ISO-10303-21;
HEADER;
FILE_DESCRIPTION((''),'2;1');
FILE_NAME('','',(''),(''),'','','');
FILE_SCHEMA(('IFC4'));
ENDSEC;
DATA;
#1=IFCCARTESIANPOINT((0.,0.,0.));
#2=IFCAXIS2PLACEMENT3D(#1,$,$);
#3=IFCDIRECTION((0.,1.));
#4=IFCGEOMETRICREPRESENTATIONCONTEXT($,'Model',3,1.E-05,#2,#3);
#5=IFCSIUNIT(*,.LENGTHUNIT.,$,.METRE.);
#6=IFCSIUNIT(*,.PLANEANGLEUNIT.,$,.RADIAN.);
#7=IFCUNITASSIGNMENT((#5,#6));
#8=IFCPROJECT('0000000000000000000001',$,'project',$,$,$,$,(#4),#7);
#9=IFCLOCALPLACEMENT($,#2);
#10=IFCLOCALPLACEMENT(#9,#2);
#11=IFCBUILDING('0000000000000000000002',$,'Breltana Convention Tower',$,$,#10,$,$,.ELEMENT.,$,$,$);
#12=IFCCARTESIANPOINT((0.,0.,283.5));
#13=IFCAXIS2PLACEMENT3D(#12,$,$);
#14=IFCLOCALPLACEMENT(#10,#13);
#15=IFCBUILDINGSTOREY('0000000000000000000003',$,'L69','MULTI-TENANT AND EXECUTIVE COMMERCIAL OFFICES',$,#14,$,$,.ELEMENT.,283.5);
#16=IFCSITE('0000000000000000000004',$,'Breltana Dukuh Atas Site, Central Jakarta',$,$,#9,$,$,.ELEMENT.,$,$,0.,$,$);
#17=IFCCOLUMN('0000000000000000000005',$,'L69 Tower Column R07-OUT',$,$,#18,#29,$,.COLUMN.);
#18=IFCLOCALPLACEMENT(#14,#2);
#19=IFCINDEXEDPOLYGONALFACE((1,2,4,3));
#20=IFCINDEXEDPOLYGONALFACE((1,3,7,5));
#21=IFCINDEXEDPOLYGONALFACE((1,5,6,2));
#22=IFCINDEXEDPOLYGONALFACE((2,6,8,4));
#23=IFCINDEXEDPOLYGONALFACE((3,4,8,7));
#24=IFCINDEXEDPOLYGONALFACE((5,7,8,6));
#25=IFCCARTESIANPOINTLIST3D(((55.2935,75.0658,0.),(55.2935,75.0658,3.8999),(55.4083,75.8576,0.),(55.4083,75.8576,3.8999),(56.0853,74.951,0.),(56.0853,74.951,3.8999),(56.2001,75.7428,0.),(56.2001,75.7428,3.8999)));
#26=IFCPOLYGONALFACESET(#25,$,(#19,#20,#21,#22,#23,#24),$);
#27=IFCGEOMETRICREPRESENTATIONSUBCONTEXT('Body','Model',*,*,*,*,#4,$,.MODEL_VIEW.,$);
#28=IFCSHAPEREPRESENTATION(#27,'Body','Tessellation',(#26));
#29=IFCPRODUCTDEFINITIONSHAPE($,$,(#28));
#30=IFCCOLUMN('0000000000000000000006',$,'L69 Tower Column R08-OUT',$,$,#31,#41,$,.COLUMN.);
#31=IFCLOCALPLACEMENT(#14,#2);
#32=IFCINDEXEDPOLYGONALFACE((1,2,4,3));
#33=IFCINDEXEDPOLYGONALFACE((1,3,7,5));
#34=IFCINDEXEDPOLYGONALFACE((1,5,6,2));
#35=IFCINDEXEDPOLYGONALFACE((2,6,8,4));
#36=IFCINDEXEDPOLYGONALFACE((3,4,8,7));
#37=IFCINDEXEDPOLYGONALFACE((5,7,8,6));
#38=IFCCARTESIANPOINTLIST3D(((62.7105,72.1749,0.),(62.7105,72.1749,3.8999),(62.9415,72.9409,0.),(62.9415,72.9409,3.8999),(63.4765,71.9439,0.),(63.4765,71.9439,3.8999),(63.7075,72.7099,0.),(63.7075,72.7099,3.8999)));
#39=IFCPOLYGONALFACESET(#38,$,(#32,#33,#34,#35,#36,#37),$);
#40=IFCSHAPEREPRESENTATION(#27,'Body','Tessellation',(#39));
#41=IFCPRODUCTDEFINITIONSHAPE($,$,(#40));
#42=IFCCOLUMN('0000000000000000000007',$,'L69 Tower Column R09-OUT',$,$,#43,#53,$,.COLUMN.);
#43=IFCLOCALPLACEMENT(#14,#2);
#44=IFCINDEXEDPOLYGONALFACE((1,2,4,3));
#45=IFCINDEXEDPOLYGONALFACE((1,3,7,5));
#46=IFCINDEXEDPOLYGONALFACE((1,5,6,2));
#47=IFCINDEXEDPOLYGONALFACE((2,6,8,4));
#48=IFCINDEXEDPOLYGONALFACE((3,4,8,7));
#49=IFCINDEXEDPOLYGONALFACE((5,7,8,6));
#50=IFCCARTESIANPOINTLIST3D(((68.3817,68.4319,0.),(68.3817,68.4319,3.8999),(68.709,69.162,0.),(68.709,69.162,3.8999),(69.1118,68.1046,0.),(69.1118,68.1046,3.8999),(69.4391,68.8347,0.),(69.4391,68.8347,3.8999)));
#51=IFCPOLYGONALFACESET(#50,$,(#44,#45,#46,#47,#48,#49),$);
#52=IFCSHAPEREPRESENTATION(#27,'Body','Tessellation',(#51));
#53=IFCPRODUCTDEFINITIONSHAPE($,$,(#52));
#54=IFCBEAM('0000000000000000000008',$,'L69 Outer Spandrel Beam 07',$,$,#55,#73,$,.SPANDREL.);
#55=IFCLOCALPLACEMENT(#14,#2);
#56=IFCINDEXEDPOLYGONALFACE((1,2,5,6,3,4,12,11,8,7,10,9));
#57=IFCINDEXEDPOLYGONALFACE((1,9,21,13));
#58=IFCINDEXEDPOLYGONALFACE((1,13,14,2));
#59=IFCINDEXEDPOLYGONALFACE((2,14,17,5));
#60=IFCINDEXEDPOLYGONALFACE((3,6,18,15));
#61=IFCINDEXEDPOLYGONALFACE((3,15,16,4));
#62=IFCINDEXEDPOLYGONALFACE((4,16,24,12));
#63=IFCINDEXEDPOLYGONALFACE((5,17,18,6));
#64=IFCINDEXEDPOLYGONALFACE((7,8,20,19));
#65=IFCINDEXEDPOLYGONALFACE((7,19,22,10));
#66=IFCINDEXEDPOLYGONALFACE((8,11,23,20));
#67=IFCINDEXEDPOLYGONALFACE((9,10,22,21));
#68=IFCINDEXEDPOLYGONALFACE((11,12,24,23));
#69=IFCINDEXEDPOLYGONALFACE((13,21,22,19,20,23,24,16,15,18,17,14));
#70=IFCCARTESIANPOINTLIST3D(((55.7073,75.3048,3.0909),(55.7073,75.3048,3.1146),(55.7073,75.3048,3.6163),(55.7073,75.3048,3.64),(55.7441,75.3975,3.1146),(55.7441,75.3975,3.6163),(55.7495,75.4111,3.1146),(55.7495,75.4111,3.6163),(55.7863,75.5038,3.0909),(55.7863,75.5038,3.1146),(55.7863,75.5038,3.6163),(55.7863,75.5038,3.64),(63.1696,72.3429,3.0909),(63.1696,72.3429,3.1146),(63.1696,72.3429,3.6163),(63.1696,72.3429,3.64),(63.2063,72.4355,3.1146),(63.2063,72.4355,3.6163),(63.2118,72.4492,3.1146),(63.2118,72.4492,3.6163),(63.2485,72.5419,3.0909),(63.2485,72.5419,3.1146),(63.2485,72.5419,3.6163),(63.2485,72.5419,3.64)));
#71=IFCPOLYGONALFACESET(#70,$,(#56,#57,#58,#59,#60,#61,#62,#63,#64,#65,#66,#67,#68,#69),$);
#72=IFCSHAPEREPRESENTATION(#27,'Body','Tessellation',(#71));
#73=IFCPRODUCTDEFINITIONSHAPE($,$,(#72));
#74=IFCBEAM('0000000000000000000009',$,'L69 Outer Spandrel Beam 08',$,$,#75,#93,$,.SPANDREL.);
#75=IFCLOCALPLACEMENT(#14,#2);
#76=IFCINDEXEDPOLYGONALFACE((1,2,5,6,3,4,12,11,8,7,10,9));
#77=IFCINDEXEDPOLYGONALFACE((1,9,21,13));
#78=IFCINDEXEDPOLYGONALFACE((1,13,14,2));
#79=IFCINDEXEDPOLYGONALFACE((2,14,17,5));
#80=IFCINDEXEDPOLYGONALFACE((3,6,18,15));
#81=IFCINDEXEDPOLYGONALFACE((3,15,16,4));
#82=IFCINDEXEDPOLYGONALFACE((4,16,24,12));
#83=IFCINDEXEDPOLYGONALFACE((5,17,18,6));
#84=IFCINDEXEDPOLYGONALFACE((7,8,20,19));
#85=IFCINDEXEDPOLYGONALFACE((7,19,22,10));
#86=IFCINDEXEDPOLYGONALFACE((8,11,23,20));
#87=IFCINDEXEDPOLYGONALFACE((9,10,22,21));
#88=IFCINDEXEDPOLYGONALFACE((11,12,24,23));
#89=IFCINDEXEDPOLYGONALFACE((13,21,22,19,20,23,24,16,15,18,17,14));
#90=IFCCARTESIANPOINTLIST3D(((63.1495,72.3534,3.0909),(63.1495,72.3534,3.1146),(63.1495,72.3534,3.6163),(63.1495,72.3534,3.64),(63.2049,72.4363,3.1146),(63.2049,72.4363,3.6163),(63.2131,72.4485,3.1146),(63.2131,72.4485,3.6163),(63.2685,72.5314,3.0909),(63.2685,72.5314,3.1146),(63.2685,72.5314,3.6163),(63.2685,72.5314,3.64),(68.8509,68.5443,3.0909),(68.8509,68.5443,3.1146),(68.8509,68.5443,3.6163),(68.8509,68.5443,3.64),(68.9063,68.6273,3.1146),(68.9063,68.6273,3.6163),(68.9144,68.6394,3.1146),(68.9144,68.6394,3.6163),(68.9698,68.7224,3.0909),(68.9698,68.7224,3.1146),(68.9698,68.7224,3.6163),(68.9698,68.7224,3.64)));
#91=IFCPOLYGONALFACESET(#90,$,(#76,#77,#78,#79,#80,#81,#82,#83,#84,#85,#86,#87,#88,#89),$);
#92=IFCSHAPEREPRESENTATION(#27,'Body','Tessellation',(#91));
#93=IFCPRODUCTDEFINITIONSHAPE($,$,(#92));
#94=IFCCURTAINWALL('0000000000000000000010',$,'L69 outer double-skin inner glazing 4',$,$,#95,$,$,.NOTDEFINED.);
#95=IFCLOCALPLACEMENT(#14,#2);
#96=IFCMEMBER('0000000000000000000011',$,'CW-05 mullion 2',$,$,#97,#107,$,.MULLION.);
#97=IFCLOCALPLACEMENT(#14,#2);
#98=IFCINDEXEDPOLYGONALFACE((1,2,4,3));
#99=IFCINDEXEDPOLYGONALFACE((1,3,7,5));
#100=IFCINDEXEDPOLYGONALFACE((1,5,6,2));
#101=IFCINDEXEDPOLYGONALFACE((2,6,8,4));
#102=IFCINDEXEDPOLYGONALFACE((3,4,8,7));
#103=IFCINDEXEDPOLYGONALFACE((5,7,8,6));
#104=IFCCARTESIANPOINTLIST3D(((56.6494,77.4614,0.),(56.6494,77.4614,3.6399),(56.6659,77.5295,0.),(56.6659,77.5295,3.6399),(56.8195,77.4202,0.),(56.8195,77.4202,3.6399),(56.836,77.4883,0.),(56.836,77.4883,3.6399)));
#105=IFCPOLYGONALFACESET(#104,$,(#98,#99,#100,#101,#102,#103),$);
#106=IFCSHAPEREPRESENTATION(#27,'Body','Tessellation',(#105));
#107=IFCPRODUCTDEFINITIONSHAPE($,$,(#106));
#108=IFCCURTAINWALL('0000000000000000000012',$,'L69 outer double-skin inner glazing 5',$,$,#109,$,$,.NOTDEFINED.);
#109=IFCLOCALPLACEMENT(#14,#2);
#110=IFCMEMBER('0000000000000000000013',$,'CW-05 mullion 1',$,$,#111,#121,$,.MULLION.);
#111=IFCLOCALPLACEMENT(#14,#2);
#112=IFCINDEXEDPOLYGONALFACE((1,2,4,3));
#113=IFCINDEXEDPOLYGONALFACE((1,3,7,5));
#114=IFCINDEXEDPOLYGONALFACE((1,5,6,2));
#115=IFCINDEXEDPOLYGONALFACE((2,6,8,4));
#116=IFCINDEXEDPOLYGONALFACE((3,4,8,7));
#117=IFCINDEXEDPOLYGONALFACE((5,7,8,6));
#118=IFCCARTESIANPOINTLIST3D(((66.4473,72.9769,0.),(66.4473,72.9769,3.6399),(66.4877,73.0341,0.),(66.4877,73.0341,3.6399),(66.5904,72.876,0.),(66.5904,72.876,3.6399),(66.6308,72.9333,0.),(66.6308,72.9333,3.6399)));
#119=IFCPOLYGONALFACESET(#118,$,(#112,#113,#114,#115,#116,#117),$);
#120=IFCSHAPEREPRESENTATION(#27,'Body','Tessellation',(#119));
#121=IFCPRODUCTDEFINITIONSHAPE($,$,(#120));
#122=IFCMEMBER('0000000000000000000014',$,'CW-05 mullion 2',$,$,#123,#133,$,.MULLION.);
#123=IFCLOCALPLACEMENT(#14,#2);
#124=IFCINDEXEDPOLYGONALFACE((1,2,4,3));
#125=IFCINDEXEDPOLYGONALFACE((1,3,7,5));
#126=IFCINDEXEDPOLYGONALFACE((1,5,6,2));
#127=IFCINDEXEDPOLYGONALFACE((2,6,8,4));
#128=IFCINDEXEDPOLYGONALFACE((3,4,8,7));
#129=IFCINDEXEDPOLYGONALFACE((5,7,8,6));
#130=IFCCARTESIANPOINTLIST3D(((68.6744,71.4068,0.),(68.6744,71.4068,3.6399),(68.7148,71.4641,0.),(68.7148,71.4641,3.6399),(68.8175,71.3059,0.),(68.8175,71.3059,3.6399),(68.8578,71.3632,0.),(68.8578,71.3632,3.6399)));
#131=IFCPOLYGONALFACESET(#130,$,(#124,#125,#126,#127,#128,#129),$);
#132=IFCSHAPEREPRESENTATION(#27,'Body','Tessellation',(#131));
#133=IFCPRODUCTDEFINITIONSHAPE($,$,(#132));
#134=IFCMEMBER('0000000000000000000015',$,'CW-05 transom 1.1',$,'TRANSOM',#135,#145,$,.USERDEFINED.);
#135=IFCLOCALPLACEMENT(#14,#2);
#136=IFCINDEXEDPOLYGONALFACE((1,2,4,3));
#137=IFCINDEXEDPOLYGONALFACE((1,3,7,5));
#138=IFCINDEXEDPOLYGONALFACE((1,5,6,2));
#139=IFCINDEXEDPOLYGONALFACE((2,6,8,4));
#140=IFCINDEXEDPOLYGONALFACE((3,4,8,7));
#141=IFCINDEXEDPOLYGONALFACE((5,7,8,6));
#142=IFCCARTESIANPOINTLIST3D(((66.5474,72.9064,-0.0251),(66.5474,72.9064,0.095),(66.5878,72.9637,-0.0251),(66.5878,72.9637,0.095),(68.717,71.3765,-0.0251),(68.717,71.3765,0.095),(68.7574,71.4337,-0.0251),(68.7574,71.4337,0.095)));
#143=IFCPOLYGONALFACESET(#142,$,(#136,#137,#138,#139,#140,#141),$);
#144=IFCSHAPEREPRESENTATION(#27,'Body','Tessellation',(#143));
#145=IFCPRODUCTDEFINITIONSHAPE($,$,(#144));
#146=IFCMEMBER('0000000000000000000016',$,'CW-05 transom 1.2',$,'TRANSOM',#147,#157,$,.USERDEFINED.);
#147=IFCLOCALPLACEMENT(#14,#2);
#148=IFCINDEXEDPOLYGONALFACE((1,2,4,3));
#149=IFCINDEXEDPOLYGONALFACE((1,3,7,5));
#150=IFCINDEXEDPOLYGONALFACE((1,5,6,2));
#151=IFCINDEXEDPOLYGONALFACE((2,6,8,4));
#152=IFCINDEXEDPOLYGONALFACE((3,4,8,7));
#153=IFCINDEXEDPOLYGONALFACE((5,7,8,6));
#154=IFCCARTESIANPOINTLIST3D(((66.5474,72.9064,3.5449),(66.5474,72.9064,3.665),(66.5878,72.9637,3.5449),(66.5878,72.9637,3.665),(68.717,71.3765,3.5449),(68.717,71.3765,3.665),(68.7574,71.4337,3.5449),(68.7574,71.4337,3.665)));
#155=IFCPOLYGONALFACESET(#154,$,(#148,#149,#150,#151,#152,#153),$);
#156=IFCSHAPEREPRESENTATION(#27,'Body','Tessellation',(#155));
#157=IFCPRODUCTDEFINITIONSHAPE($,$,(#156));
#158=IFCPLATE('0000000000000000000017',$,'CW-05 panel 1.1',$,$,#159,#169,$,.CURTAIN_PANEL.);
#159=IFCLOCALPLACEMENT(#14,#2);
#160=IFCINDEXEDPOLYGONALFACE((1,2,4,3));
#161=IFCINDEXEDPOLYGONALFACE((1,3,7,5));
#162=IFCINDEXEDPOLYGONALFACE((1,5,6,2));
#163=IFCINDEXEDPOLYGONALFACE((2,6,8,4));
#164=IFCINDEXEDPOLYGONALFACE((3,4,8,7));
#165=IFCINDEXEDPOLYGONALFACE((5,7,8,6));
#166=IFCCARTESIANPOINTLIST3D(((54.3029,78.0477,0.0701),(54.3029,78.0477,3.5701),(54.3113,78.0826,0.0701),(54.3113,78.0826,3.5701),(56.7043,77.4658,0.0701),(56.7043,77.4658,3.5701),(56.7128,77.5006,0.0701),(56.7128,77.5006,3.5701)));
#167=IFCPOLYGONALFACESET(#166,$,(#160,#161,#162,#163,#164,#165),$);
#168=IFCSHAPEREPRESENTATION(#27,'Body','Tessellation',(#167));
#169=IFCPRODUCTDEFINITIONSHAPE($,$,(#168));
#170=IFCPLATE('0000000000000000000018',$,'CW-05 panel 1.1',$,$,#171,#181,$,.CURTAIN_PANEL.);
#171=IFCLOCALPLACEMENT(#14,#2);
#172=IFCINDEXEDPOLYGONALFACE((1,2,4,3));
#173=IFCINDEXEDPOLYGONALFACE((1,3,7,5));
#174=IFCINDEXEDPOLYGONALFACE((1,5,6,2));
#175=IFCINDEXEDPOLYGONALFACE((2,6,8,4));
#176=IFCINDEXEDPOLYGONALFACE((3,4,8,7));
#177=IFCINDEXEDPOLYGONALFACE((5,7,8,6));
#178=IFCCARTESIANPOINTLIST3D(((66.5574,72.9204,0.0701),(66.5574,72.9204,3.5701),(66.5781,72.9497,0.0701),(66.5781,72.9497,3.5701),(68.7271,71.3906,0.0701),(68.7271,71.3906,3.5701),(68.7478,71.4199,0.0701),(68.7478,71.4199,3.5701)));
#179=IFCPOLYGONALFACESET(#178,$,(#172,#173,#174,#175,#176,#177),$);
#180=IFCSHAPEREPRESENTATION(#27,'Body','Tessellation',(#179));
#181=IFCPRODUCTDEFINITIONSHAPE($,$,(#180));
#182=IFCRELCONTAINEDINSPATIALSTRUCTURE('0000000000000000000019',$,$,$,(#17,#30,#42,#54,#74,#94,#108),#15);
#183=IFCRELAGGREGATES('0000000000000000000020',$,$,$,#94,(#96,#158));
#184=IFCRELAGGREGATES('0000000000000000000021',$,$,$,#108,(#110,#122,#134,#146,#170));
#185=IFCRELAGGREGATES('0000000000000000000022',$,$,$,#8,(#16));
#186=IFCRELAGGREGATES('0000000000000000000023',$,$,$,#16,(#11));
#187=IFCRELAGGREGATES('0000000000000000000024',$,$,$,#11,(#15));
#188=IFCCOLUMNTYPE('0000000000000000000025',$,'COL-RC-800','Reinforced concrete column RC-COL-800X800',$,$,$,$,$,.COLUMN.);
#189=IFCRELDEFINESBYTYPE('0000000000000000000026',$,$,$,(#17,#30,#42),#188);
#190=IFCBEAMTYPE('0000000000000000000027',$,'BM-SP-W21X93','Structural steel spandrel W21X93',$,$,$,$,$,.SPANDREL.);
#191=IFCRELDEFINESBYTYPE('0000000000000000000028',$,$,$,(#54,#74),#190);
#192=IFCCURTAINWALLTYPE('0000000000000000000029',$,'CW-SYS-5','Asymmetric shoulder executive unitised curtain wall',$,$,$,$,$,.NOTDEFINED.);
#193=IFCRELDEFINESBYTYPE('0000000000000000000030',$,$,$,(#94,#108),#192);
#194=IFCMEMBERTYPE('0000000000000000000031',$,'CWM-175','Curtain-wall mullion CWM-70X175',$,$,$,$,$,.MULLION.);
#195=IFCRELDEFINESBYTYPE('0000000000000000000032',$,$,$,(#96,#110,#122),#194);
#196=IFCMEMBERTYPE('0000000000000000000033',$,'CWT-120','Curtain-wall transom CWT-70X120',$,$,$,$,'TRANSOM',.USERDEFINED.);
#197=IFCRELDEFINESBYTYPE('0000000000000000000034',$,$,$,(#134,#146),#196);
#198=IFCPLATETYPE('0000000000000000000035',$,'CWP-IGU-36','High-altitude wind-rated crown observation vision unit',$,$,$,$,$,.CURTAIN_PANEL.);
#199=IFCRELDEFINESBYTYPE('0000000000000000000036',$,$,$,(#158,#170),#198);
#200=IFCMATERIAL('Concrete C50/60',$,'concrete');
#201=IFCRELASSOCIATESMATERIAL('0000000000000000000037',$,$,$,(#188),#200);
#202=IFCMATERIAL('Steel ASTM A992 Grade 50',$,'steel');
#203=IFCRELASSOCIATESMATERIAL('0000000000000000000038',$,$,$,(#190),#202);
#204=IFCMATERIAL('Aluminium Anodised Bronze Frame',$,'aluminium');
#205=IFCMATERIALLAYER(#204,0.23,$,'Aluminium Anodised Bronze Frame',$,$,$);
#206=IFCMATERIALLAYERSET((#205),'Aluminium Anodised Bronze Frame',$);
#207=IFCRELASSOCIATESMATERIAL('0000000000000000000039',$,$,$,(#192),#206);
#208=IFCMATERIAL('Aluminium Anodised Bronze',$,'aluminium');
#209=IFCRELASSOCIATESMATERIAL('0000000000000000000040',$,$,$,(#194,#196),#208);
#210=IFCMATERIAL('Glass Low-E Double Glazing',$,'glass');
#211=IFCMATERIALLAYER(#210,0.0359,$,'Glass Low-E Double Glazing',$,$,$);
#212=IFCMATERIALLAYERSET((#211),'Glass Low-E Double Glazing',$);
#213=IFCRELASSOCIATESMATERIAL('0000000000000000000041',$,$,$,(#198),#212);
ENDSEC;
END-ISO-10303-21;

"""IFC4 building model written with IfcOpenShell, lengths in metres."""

from ifc_helpers import new_model, si_unit, direction, frame, origin, origin_2d, place, context, subcontext, project, spatial, rectangle, i_section, extrude, source, transform, mapped, material, layer, layer_set, material_profile, profile_set, type_object, element, aggregate, save


model = new_model("IFC4")

# Units and contexts
model_context = context("Model", 3, precision=1e-05, world=origin(), true_north=direction((0.0, 1.0)))
body_context = subcontext(model_context, "Body", "Model", "MODEL_VIEW")
ifc_project = project(units=[si_unit("LENGTHUNIT", "METRE"), si_unit("PLANEANGLEUNIT", "RADIAN")], contexts=[model_context])

# Site, building, storey
site_placement = place(None, origin())
site = spatial("IfcSite", under=ifc_project, at=site_placement, Name="Breltana Dukuh Atas Site, Central Jakarta", CompositionType="ELEMENT", RefElevation=0.0)
building_placement = place(site_placement, origin())
building = spatial("IfcBuilding", under=site, at=building_placement, Name="Breltana Convention Tower", CompositionType="ELEMENT")
storey_placement = place(building_placement, frame((0.0, 0.0, 283.5)))
storey = spatial("IfcBuildingStorey", under=building, at=storey_placement, Name="L69", Description="MULTI-TENANT AND EXECUTIVE COMMERCIAL OFFICES", CompositionType="ELEMENT", Elevation=283.5)

# Columns
ifc_material_1 = material(Name="Concrete C50/60", Category="concrete")
ifc_material_profile_1 = material_profile(ifc_material_1, rectangle(XDim=0.8, YDim=0.8, at=origin_2d()), Name="RC-COL-800X800")
ifc_profile_set_1 = profile_set([ifc_material_profile_1], Name="Concrete C50/60")
column_type = type_object("IfcColumnType", Name="COL-RC-800", Description="Reinforced concrete column RC-COL-800X800", PredefinedType="COLUMN", material=ifc_profile_set_1)
shared_shape_1 = source(origin(), body_context, "Body", "SweptSolid", [
    extrude(rectangle(XDim=0.8, YDim=0.8, at=origin_2d()), origin(), (0.0, 0.0, 1.0), 3.8999),
])
for number, where, z_axis, x_axis, name in (
    (1, (55.7468, 75.4043, 0.0), (0.0, 0.0, 1.0), (0.143493, 0.989651, 0.0), "L69 Tower Column R07-OUT"),
    (2, (63.209, 72.4424, 0.0), (0.0, 0.0, 1.0), (0.288698, 0.95742, 0.0), "L69 Tower Column R08-OUT"),
    (3, (68.9104, 68.6333, 0.0), (0.0, 0.0, 1.0), (0.409127, 0.912477, 0.0), "L69 Tower Column R09-OUT"),
):
    element("IfcColumn", number, at=place(storey_placement, frame(where, z_axis=z_axis, x_axis=x_axis)), inside=storey, type_object=column_type, Name=name, PredefinedType="COLUMN", context=body_context, shape_type="MappedRepresentation", body=[
        mapped(shared_shape_1, transform((0.0, 0.0, 0.0), scale=1.0)),
    ])

# Beams
ifc_material_2 = material(Name="Steel ASTM A992 Grade 50", Category="steel")
ifc_material_profile_2 = material_profile(ifc_material_2, i_section(OverallWidth=0.2141, OverallDepth=0.5491, WebThickness=0.0146, FlangeThickness=0.0237, at=origin_2d()), Name="W21X93")
ifc_profile_set_2 = profile_set([ifc_material_profile_2], Name="Steel ASTM A992 Grade 50")
beam_type = type_object("IfcBeamType", Name="BM-SP-W21X93", Description="Structural steel spandrel W21X93", PredefinedType="SPANDREL", material=ifc_profile_set_2)
shared_shape_2 = source(origin(), body_context, "Body", "SweptSolid", [
    extrude(i_section(OverallWidth=0.2141, OverallDepth=0.5491, WebThickness=0.0146, FlangeThickness=0.0237, at=origin_2d()), origin(), (0.0, 0.0, 1.0), 8.0286),
])
beam_1_placement = place(storey_placement, frame((55.7468, 75.4043, 3.3655), z_axis=(0.929459, -0.368925, 0.0), x_axis=(0.368925, 0.929459, 0.0)))
element("IfcBeam", 4, at=beam_1_placement, inside=storey, type_object=beam_type, Name="L69 Outer Spandrel Beam 07", PredefinedType="SPANDREL", context=body_context, shape_type="MappedRepresentation", body=[
    mapped(shared_shape_2, transform((0.0, 0.0, 0.0), scale=1.0)),
])
shared_shape_3 = source(origin(), body_context, "Body", "SweptSolid", [
    extrude(i_section(OverallWidth=0.2141, OverallDepth=0.5491, WebThickness=0.0146, FlangeThickness=0.0237, at=origin_2d()), origin(), (0.0, 0.0, 1.0), 6.8567),
])
beam_2_placement = place(storey_placement, frame((63.209, 72.4424, 3.3655), z_axis=(0.831502, -0.555522, 0.0), x_axis=(0.555522, 0.831502, 0.0)))
element("IfcBeam", 5, at=beam_2_placement, inside=storey, type_object=beam_type, Name="L69 Outer Spandrel Beam 08", PredefinedType="SPANDREL", context=body_context, shape_type="MappedRepresentation", body=[
    mapped(shared_shape_3, transform((0.0, 0.0, 0.0), scale=1.0)),
])

# Curtain wall, member
ifc_material_3 = material(Name="Aluminium Anodised Bronze Frame", Category="aluminium")
ifc_layer_1 = layer(ifc_material_3, 0.23, Name="Aluminium Anodised Bronze Frame")
ifc_layer_set_1 = layer_set([ifc_layer_1], Name="Aluminium Anodised Bronze Frame")
curtain_wall_type = type_object("IfcCurtainWallType", Name="CW-SYS-5", Description="Asymmetric shoulder executive unitised curtain wall", PredefinedType="NOTDEFINED", material=ifc_layer_set_1)
curtain_wall_1_placement = place(storey_placement, origin())
curtain_wall_1 = element("IfcCurtainWall", 6, at=curtain_wall_1_placement, inside=storey, type_object=curtain_wall_type, Name="L69 outer double-skin inner glazing 4", PredefinedType="NOTDEFINED")
ifc_material_4 = material(Name="Aluminium Anodised Bronze", Category="aluminium")
ifc_material_profile_3 = material_profile(ifc_material_4, rectangle(XDim=0.0701, YDim=0.175, at=origin_2d()), Name="CWM-70X175")
ifc_profile_set_3 = profile_set([ifc_material_profile_3], Name="Aluminium Anodised Bronze")
member_type_1 = type_object("IfcMemberType", Name="CWM-175", Description="Curtain-wall mullion CWM-70X175", PredefinedType="MULLION", material=ifc_profile_set_3)
shared_shape_4 = source(origin(), body_context, "Body", "SweptSolid", [
    extrude(rectangle(XDim=0.0701, YDim=0.175, at=origin_2d()), origin(), (0.0, 0.0, 1.0), 3.6399),
])
member_1_placement = place(storey_placement, frame((56.7427, 77.4749, 0.0), z_axis=(0.0, 0.0, 1.0), x_axis=(0.235518, 0.97187, 0.0)))
member_1 = element("IfcMember", 7, at=member_1_placement, type_object=member_type_1, Name="CW-05 mullion 2", PredefinedType="MULLION", context=body_context, shape_type="MappedRepresentation", body=[
    mapped(shared_shape_4, transform((0.0, 0.0, 0.0), scale=1.0)),
])

# Curtain wall, members
curtain_wall_2_placement = place(storey_placement, origin())
curtain_wall_2 = element("IfcCurtainWall", 8, at=curtain_wall_2_placement, inside=storey, type_object=curtain_wall_type, Name="L69 outer double-skin inner glazing 5", PredefinedType="NOTDEFINED")
member_2_placement = place(storey_placement, frame((66.5391, 72.9551, 0.0), z_axis=(0.0, 0.0, 1.0), x_axis=(0.576235, 0.817284, 0.0)))
member_2 = element("IfcMember", 9, at=member_2_placement, type_object=member_type_1, Name="CW-05 mullion 1", PredefinedType="MULLION", context=body_context, shape_type="MappedRepresentation", body=[
    mapped(shared_shape_4, transform((0.0, 0.0, 0.0), scale=1.0)),
])
member_3_placement = place(storey_placement, frame((68.7661, 71.385, 0.0), z_axis=(0.0, 0.0, 1.0), x_axis=(0.576235, 0.817284, 0.0)))
member_3 = element("IfcMember", 10, at=member_3_placement, type_object=member_type_1, Name="CW-05 mullion 2", PredefinedType="MULLION", context=body_context, shape_type="MappedRepresentation", body=[
    mapped(shared_shape_4, transform((0.0, 0.0, 0.0), scale=1.0)),
])
ifc_material_profile_4 = material_profile(ifc_material_4, rectangle(XDim=0.0701, YDim=0.1201, at=origin_2d()), Name="CWT-70X120")
ifc_profile_set_4 = profile_set([ifc_material_profile_4], Name="Aluminium Anodised Bronze")
member_type_2 = type_object("IfcMemberType", Name="CWT-120", Description="Curtain-wall transom CWT-70X120", ElementType="TRANSOM", PredefinedType="USERDEFINED", material=ifc_profile_set_4)
shared_shape_5 = source(origin(), body_context, "Body", "SweptSolid", [
    extrude(rectangle(XDim=0.0701, YDim=0.1201, at=origin_2d()), origin(), (0.0, 0.0, 1.0), 2.6548),
])
member_4_placement = place(storey_placement, frame((66.5676, 72.9351, 0.0349), z_axis=(0.817235, -0.576304, 0.0), x_axis=(0.576304, 0.817235, 0.0)))
member_4 = element("IfcMember", 11, at=member_4_placement, type_object=member_type_2, Name="CW-05 transom 1.1", ObjectType="TRANSOM", PredefinedType="USERDEFINED", context=body_context, shape_type="MappedRepresentation", body=[
    mapped(shared_shape_5, transform((0.0, 0.0, 0.0), scale=1.0)),
])
member_5_placement = place(storey_placement, frame((66.5676, 72.9351, 3.605), z_axis=(0.817235, -0.576304, 0.0), x_axis=(0.576304, 0.817235, 0.0)))
member_5 = element("IfcMember", 12, at=member_5_placement, type_object=member_type_2, Name="CW-05 transom 1.2", ObjectType="TRANSOM", PredefinedType="USERDEFINED", context=body_context, shape_type="MappedRepresentation", body=[
    mapped(shared_shape_5, transform((0.0, 0.0, 0.0), scale=1.0)),
])

# Plates
ifc_material_5 = material(Name="Glass Low-E Double Glazing", Category="glass")
ifc_layer_2 = layer(ifc_material_5, 0.0359, Name="Glass Low-E Double Glazing")
ifc_layer_set_2 = layer_set([ifc_layer_2], Name="Glass Low-E Double Glazing")
plate_type = type_object("IfcPlateType", Name="CWP-IGU-36", Description="High-altitude wind-rated crown observation vision unit", PredefinedType="CURTAIN_PANEL", material=ifc_layer_set_2)
shared_shape_6 = source(origin(), body_context, "Body", "SweptSolid", [
    extrude(rectangle(XDim=2.4709, YDim=0.0359, at=origin_2d()), origin(), (0.0, 0.0, 1.0), 3.5),
])
plate_1_placement = place(storey_placement, frame((55.5078, 77.7742, 0.0701), z_axis=(0.0, 0.0, 1.0), x_axis=(0.97187, -0.235518, 0.0)))
plate_1 = element("IfcPlate", 13, at=plate_1_placement, type_object=plate_type, Name="CW-05 panel 1.1", PredefinedType="CURTAIN_PANEL", context=body_context, shape_type="MappedRepresentation", body=[
    mapped(shared_shape_6, transform((0.0, 0.0, 0.0), scale=1.0)),
])
aggregate(curtain_wall_1, [member_1, plate_1])
shared_shape_7 = source(origin(), body_context, "Body", "SweptSolid", [
    extrude(rectangle(XDim=2.6548, YDim=0.0359, at=origin_2d()), origin(), (0.0, 0.0, 1.0), 3.5),
])
plate_2_placement = place(storey_placement, frame((67.6526, 72.1702, 0.0701), z_axis=(0.0, 0.0, 1.0), x_axis=(0.817284, -0.576235, 0.0)))
plate_2 = element("IfcPlate", 14, at=plate_2_placement, type_object=plate_type, Name="CW-05 panel 1.1", PredefinedType="CURTAIN_PANEL", context=body_context, shape_type="MappedRepresentation", body=[
    mapped(shared_shape_7, transform((0.0, 0.0, 0.0), scale=1.0)),
])
aggregate(curtain_wall_2, [member_2, member_3, member_4, member_5, plate_2])

save(model, "model.ifc")
